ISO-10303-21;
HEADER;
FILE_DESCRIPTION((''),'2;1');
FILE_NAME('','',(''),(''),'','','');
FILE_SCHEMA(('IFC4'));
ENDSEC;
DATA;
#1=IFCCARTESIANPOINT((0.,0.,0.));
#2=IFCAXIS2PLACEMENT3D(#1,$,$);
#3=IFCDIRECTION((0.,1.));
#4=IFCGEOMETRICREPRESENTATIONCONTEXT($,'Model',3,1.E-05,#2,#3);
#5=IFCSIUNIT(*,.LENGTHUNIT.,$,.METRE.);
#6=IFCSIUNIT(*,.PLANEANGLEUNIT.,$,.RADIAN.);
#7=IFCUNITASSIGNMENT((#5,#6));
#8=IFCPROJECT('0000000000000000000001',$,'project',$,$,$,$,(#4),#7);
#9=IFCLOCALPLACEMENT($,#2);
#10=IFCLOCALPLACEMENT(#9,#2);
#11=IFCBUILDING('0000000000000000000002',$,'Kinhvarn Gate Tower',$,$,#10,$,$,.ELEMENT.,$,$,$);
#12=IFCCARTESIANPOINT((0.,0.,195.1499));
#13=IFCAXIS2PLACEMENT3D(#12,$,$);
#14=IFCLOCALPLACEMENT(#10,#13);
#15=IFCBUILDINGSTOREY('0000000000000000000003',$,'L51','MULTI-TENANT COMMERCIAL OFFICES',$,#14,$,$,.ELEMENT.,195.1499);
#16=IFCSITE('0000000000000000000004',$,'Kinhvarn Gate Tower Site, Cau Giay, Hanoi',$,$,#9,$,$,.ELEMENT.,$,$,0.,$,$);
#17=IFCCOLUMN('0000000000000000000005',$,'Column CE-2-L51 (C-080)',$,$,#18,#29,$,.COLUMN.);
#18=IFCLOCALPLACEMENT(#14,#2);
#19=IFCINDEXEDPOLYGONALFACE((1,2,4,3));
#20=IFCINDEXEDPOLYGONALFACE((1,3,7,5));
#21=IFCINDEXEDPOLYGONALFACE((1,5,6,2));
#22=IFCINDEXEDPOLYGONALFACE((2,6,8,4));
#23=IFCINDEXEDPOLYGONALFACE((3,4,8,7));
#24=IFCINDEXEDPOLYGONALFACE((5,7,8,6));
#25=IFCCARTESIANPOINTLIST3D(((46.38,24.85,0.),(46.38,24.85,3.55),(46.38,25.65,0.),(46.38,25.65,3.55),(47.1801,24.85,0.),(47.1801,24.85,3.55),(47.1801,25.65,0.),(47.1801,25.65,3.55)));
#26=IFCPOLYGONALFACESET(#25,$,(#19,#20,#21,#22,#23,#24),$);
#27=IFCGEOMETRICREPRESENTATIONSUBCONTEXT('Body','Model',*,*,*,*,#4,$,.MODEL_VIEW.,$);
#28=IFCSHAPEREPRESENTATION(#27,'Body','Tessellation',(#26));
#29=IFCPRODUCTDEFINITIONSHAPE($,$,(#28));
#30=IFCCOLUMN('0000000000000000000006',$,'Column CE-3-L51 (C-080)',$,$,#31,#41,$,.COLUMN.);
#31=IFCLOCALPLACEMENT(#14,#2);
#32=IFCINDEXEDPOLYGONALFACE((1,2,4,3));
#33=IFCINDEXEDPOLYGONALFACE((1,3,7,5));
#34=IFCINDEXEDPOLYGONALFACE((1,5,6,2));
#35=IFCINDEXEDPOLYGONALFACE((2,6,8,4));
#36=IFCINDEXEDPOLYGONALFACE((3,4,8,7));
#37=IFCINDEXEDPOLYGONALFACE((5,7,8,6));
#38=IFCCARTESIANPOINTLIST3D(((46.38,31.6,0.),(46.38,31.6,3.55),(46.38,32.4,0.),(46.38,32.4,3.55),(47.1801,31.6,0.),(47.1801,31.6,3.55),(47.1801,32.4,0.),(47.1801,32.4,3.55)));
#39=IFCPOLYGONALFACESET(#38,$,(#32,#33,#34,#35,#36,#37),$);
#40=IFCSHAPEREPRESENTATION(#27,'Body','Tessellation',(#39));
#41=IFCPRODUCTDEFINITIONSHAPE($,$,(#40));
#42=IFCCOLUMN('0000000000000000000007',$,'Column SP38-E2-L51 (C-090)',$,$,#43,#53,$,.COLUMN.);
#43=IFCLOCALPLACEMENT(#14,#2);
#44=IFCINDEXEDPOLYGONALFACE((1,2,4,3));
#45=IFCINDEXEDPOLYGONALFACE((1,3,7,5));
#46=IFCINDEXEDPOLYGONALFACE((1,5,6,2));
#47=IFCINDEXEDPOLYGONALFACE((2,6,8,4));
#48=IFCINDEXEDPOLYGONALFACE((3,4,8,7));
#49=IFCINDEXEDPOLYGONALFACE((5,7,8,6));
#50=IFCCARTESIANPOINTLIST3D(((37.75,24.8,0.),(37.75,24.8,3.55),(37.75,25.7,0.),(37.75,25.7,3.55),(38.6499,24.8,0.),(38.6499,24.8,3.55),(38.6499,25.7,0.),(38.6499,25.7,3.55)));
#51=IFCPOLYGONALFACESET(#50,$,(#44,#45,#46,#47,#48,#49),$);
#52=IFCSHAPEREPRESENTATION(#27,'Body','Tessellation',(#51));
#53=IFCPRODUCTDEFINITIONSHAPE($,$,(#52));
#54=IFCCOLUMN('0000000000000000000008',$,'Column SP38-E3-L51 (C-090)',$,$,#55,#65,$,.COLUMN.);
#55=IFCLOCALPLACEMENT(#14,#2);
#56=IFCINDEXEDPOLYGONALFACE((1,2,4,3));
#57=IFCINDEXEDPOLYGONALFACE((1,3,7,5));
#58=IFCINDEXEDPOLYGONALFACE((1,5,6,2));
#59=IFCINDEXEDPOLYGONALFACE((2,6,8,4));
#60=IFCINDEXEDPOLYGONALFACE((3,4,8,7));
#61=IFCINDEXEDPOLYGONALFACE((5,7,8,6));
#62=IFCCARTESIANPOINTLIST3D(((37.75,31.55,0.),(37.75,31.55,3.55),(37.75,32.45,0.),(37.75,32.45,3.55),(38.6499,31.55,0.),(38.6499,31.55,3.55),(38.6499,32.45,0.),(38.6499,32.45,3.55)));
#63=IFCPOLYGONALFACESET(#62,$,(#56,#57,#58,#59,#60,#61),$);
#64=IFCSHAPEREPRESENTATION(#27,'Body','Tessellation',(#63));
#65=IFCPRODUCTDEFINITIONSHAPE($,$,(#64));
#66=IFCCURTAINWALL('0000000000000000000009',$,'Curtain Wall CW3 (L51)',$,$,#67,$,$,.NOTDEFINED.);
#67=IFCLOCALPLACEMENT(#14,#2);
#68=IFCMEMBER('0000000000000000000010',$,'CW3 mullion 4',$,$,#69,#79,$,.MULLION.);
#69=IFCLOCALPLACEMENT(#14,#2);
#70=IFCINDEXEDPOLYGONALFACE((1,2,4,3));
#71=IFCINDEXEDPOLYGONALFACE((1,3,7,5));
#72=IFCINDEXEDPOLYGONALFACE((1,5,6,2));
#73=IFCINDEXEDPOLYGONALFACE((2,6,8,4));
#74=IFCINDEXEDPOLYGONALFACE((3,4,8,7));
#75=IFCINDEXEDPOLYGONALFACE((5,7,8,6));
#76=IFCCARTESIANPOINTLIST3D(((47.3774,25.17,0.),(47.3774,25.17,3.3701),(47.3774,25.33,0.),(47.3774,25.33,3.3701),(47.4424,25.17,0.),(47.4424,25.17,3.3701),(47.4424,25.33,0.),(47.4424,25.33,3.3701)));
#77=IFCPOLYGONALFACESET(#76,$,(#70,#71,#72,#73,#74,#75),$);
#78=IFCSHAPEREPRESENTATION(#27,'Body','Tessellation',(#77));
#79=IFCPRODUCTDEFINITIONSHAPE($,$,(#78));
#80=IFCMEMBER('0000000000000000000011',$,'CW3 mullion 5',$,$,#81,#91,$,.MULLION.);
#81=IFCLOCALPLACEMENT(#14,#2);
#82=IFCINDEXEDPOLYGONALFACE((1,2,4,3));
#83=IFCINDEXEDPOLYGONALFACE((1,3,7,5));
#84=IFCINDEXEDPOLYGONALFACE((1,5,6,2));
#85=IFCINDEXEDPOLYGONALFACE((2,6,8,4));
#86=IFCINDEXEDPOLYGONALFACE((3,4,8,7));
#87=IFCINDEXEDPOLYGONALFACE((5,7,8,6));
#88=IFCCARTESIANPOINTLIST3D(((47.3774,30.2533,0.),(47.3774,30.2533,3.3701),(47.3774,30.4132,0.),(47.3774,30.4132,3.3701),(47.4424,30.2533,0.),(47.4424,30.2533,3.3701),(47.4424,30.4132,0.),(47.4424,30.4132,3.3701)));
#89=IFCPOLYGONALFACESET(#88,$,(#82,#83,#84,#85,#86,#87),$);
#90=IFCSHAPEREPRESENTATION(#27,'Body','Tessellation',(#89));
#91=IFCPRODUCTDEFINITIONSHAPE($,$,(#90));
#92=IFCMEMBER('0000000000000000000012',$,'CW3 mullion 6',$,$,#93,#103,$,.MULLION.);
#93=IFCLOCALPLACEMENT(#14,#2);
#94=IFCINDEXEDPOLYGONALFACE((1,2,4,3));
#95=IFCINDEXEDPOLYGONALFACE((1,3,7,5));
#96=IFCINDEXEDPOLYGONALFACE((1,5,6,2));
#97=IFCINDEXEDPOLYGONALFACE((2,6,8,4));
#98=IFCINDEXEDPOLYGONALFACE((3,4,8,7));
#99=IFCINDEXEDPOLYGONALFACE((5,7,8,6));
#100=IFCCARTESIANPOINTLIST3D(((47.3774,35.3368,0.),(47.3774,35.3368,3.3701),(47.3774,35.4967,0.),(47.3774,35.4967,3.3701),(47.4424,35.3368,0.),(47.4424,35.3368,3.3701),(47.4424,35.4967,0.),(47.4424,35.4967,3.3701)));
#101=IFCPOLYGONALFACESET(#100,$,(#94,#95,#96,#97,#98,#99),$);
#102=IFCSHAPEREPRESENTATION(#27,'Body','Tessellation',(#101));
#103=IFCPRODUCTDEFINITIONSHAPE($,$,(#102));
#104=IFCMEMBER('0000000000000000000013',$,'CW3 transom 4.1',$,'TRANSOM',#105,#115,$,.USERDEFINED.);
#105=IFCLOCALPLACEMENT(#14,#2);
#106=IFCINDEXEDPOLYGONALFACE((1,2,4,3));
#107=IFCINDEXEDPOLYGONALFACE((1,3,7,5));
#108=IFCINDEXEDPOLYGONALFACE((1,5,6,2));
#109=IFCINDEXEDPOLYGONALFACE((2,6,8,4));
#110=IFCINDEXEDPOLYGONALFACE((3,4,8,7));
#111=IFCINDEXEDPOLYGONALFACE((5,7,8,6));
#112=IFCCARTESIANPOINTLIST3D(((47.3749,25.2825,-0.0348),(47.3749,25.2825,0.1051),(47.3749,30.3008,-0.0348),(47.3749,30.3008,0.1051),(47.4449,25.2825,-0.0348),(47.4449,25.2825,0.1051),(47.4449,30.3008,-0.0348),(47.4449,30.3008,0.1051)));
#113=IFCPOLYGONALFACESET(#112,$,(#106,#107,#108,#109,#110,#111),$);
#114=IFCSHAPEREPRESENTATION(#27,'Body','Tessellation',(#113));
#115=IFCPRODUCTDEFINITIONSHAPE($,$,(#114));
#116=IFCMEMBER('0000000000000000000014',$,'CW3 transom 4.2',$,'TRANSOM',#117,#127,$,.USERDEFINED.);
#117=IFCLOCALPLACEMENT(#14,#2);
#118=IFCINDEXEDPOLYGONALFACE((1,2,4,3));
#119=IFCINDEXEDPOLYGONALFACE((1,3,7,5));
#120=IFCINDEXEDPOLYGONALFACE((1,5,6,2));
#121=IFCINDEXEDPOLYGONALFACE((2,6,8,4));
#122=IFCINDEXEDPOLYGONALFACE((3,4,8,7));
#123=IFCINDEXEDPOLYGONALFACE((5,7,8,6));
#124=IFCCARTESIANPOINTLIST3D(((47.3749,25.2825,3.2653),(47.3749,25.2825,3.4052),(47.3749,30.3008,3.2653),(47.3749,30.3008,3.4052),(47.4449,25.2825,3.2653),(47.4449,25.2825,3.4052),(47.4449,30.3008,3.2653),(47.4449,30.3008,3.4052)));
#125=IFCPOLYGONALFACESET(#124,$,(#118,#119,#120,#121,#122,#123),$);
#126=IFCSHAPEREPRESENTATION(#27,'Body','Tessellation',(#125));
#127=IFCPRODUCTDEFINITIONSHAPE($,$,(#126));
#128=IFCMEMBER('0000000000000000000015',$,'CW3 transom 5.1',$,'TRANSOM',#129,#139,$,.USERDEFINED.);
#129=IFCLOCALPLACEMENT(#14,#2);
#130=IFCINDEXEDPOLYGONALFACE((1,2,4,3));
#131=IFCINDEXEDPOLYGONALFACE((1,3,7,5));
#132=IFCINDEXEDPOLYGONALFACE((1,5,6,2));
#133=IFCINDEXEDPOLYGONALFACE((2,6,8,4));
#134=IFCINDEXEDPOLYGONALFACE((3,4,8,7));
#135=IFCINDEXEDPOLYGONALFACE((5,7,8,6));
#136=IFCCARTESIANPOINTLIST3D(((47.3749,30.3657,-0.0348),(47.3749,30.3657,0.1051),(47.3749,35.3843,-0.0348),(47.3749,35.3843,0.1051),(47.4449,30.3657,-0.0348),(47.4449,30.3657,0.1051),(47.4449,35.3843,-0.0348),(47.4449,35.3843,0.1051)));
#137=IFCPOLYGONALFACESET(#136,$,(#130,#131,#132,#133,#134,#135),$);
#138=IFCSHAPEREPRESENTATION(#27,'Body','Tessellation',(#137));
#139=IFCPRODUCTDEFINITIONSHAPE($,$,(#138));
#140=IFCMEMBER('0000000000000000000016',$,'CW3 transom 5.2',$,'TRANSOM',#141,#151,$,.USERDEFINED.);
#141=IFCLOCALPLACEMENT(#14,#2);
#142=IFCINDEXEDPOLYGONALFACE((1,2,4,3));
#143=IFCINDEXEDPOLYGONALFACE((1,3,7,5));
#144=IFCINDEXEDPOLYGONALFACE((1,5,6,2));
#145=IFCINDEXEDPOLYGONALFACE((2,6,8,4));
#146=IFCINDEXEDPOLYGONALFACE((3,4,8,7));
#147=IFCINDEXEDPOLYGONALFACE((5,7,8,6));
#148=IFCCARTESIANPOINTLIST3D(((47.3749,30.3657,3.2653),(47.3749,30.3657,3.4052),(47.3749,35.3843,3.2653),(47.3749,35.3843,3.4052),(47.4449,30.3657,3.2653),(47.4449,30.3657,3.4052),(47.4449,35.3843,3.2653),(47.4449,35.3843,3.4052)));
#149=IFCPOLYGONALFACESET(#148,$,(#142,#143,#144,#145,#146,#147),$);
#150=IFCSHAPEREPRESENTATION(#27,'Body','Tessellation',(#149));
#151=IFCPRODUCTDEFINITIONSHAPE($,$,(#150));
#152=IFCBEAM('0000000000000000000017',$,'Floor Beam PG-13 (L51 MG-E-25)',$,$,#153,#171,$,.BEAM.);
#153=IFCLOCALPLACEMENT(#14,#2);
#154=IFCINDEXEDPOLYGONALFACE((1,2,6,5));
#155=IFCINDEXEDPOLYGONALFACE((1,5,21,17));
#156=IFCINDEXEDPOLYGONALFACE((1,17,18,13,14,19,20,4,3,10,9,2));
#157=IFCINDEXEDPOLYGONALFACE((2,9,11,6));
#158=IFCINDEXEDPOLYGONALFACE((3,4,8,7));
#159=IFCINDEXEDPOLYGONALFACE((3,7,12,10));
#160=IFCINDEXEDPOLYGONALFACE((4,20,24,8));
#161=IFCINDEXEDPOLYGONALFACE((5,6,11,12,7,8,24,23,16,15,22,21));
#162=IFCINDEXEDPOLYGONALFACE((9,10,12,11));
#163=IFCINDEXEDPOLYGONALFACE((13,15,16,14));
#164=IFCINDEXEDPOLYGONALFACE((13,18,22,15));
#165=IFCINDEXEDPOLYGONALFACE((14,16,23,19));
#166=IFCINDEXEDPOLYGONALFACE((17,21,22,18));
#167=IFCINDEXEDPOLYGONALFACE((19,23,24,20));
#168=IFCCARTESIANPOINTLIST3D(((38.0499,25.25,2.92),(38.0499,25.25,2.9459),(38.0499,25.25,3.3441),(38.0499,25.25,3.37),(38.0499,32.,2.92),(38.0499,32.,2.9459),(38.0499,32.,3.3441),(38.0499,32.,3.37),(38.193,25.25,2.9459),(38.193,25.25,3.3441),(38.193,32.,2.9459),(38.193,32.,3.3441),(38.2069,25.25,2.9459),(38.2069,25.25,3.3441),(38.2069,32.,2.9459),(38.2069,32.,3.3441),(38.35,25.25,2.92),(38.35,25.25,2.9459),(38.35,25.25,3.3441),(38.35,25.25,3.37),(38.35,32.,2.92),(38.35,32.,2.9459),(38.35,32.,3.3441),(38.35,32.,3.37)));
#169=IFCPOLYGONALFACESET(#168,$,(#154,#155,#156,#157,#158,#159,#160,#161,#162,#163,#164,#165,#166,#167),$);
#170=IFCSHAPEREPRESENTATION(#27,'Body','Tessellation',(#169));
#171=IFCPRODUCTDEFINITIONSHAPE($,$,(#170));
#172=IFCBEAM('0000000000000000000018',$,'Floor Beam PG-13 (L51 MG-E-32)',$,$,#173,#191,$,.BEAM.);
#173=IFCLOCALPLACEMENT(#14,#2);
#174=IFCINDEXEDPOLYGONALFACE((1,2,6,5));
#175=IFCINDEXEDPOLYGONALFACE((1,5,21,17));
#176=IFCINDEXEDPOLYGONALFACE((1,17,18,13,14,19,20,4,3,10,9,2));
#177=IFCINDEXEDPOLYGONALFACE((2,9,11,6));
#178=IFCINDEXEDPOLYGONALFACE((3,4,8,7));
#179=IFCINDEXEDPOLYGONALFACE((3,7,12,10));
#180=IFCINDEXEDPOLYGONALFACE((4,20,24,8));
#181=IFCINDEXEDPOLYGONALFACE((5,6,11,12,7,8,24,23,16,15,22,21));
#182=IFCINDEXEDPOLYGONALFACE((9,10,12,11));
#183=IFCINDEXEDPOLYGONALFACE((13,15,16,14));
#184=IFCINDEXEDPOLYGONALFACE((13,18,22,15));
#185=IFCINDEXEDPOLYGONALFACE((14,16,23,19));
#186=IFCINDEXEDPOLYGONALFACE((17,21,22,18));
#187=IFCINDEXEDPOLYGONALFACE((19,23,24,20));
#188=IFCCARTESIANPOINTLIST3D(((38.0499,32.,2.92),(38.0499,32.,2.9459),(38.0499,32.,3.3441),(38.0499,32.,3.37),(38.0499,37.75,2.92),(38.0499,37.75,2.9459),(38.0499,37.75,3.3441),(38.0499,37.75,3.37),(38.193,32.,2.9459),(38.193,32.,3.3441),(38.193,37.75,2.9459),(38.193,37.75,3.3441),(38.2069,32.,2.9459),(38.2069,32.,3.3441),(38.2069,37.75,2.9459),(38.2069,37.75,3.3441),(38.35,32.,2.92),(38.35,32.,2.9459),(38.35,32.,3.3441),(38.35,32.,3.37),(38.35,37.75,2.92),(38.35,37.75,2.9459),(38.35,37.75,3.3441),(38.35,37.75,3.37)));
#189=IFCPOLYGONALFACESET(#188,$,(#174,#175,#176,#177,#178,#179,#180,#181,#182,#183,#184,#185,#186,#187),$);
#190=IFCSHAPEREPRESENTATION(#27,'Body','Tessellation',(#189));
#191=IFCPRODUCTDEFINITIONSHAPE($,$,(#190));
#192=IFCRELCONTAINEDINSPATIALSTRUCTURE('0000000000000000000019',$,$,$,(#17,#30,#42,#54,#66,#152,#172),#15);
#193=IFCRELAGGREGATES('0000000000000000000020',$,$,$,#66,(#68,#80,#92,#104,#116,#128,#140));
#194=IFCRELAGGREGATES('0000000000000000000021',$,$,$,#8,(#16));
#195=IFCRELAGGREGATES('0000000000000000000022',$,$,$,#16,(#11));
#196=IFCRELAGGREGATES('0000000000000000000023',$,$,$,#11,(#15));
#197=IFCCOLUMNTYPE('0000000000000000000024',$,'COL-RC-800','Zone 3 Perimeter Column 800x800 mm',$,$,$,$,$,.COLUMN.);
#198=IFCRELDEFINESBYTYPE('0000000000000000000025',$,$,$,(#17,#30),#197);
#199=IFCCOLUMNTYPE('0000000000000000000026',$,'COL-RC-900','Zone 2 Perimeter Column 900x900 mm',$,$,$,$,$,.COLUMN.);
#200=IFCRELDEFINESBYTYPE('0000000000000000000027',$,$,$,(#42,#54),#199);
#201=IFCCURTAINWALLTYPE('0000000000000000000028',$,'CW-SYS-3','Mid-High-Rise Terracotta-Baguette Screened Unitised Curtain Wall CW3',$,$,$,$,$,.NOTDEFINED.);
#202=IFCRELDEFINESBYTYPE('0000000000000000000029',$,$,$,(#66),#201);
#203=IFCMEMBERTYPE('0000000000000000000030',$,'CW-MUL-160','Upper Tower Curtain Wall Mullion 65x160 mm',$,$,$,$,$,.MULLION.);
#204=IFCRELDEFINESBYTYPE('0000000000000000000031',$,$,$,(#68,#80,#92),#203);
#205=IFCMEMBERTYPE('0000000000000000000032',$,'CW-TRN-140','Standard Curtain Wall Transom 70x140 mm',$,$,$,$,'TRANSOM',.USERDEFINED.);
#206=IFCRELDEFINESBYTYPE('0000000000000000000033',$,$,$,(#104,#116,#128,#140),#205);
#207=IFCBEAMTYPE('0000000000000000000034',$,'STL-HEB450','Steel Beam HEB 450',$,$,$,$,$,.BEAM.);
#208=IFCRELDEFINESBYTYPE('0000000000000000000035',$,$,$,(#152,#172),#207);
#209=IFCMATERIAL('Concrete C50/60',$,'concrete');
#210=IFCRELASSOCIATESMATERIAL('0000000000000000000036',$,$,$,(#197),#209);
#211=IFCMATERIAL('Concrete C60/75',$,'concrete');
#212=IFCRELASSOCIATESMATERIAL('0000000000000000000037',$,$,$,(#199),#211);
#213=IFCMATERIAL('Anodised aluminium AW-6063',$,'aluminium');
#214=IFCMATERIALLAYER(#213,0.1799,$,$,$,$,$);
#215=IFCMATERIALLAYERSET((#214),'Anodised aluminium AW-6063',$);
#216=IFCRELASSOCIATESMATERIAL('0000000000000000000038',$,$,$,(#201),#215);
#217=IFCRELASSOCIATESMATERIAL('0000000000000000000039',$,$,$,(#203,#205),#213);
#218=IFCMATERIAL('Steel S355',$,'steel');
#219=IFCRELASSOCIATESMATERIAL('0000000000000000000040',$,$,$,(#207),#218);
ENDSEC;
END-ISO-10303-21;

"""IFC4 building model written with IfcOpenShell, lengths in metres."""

from ifc_helpers import new_model, si_unit, direction, frame, origin, origin_2d, place, context, subcontext, project, spatial, rectangle, i_section, extrude, material, layer, layer_set, material_profile, profile_set, type_object, element, aggregate, save


model = new_model("IFC4")

# Units and contexts
model_context = context("Model", 3, precision=1e-05, world=origin(), true_north=direction((0.0, 1.0)))
body_context = subcontext(model_context, "Body", "Model", "MODEL_VIEW")
ifc_project = project(units=[si_unit("LENGTHUNIT", "METRE"), si_unit("PLANEANGLEUNIT", "RADIAN")], contexts=[model_context])

# Site, building, storey
site_placement = place(None, origin())
site = spatial("IfcSite", under=ifc_project, at=site_placement, Name="Kinhvarn Gate Tower Site, Cau Giay, Hanoi", CompositionType="ELEMENT", RefElevation=0.0)
building_placement = place(site_placement, origin())
building = spatial("IfcBuilding", under=site, at=building_placement, Name="Kinhvarn Gate Tower", CompositionType="ELEMENT")
storey_placement = place(building_placement, frame((0.0, 0.0, 195.1499)))
storey = spatial("IfcBuildingStorey", under=building, at=storey_placement, Name="L51", Description="MULTI-TENANT COMMERCIAL OFFICES", CompositionType="ELEMENT", Elevation=195.1499)

# Columns
ifc_material_1 = material(Name="Concrete C50/60", Category="concrete")
ifc_material_profile_1 = material_profile(ifc_material_1, rectangle(XDim=0.8, YDim=0.8, at=origin_2d()), Name="RC 800x800")
ifc_profile_set_1 = profile_set([ifc_material_profile_1], Name="Concrete C50/60")
column_type_1 = type_object("IfcColumnType", Name="COL-RC-800", Description="Zone 3 Perimeter Column 800x800 mm", PredefinedType="COLUMN", material=ifc_profile_set_1)
for number, where, z_axis, x_axis, name in (
    (1, (46.78, 25.25, 0.0), (0.0, 0.0, 1.0), (1.0, 0.0, 0.0), "Column CE-2-L51 (C-080)"),
    (2, (46.78, 32.0, 0.0), (0.0, 0.0, 1.0), (1.0, 0.0, 0.0), "Column CE-3-L51 (C-080)"),
):
    element("IfcColumn", number, at=place(storey_placement, frame(where, z_axis=z_axis, x_axis=x_axis)), inside=storey, type_object=column_type_1, Name=name, PredefinedType="COLUMN", context=body_context, shape_type="SweptSolid", body=[
        extrude(rectangle(XDim=0.8, YDim=0.8, at=origin_2d()), origin(), (0.0, 0.0, 1.0), 3.55),
    ])
ifc_material_2 = material(Name="Concrete C60/75", Category="concrete")
ifc_material_profile_2 = material_profile(ifc_material_2, rectangle(XDim=0.8999, YDim=0.8999, at=origin_2d()), Name="RC 900x900")
ifc_profile_set_2 = profile_set([ifc_material_profile_2], Name="Concrete C60/75")
column_type_2 = type_object("IfcColumnType", Name="COL-RC-900", Description="Zone 2 Perimeter Column 900x900 mm", PredefinedType="COLUMN", material=ifc_profile_set_2)
for number, where, z_axis, x_axis, name in (
    (3, (38.2, 25.25, 0.0), (0.0, 0.0, 1.0), (1.0, 0.0, 0.0), "Column SP38-E2-L51 (C-090)"),
    (4, (38.2, 32.0, 0.0), (0.0, 0.0, 1.0), (1.0, 0.0, 0.0), "Column SP38-E3-L51 (C-090)"),
):
    element("IfcColumn", number, at=place(storey_placement, frame(where, z_axis=z_axis, x_axis=x_axis)), inside=storey, type_object=column_type_2, Name=name, PredefinedType="COLUMN", context=body_context, shape_type="SweptSolid", body=[
        extrude(rectangle(XDim=0.8999, YDim=0.8999, at=origin_2d()), origin(), (0.0, 0.0, 1.0), 3.55),
    ])

# Curtain wall, members
ifc_material_3 = material(Name="Anodised aluminium AW-6063", Category="aluminium")
ifc_layer_1 = layer(ifc_material_3, 0.1799)
ifc_layer_set_1 = layer_set([ifc_layer_1], Name="Anodised aluminium AW-6063")
curtain_wall_type = type_object("IfcCurtainWallType", Name="CW-SYS-3", Description="Mid-High-Rise Terracotta-Baguette Screened Unitised Curtain Wall CW3", PredefinedType="NOTDEFINED", material=ifc_layer_set_1)
curtain_wall_placement = place(storey_placement, origin())
curtain_wall = element("IfcCurtainWall", 5, at=curtain_wall_placement, inside=storey, type_object=curtain_wall_type, Name="Curtain Wall CW3 (L51)", PredefinedType="NOTDEFINED")
ifc_material_profile_3 = material_profile(ifc_material_3, rectangle(XDim=0.0649, YDim=0.1599, at=origin_2d()), Name="ALU 65x160")
ifc_profile_set_3 = profile_set([ifc_material_profile_3], Name="Anodised aluminium AW-6063")
member_type_1 = type_object("IfcMemberType", Name="CW-MUL-160", Description="Upper Tower Curtain Wall Mullion 65x160 mm", PredefinedType="MULLION", material=ifc_profile_set_3)
member_1_placement = place(storey_placement, frame((47.4099, 25.25, 0.0), z_axis=(0.0, 0.0, 1.0), x_axis=(-1.0, 0.0, 0.0)))
member_1 = element("IfcMember", 6, at=member_1_placement, type_object=member_type_1, Name="CW3 mullion 4", PredefinedType="MULLION", context=body_context, shape_type="SweptSolid", body=[
    extrude(rectangle(XDim=0.0649, YDim=0.1599, at=origin_2d()), origin(), (0.0, 0.0, 1.0), 3.3701),
])
member_2_placement = place(storey_placement, frame((47.4099, 30.3333, 0.0), z_axis=(0.0, 0.0, 1.0), x_axis=(-1.0, 0.0, 0.0)))
member_2 = element("IfcMember", 7, at=member_2_placement, type_object=member_type_1, Name="CW3 mullion 5", PredefinedType="MULLION", context=body_context, shape_type="SweptSolid", body=[
    extrude(rectangle(XDim=0.0649, YDim=0.1599, at=origin_2d()), origin(), (0.0, 0.0, 1.0), 3.3701),
])
member_3_placement = place(storey_placement, frame((47.4099, 35.4167, 0.0), z_axis=(0.0, 0.0, 1.0), x_axis=(-1.0, 0.0, 0.0)))
member_3 = element("IfcMember", 8, at=member_3_placement, type_object=member_type_1, Name="CW3 mullion 6", PredefinedType="MULLION", context=body_context, shape_type="SweptSolid", body=[
    extrude(rectangle(XDim=0.0649, YDim=0.1599, at=origin_2d()), origin(), (0.0, 0.0, 1.0), 3.3701),
])
ifc_material_profile_4 = material_profile(ifc_material_3, rectangle(XDim=0.0701, YDim=0.1399, at=origin_2d()), Name="ALU 70x140")
ifc_profile_set_4 = profile_set([ifc_material_profile_4], Name="Anodised aluminium AW-6063")
member_type_2 = type_object("IfcMemberType", Name="CW-TRN-140", Description="Standard Curtain Wall Transom 70x140 mm", ElementType="TRANSOM", PredefinedType="USERDEFINED", material=ifc_profile_set_4)
member_4_placement = place(storey_placement, frame((47.4099, 25.2825, 0.0352), z_axis=(0.0, 1.0, 0.0), x_axis=(-1.0, 0.0, 0.0)))
member_4 = element("IfcMember", 9, at=member_4_placement, type_object=member_type_2, Name="CW3 transom 4.1", ObjectType="TRANSOM", PredefinedType="USERDEFINED", context=body_context, shape_type="SweptSolid", body=[
    extrude(rectangle(XDim=0.0701, YDim=0.1399, at=origin_2d()), origin(), (0.0, 0.0, 1.0), 5.0183),
])
member_5_placement = place(storey_placement, frame((47.4099, 25.2825, 3.3352), z_axis=(0.0, 1.0, 0.0), x_axis=(-1.0, 0.0, 0.0)))
member_5 = element("IfcMember", 10, at=member_5_placement, type_object=member_type_2, Name="CW3 transom 4.2", ObjectType="TRANSOM", PredefinedType="USERDEFINED", context=body_context, shape_type="SweptSolid", body=[
    extrude(rectangle(XDim=0.0701, YDim=0.1399, at=origin_2d()), origin(), (0.0, 0.0, 1.0), 5.0183),
])
member_6_placement = place(storey_placement, frame((47.4099, 30.3657, 0.0352), z_axis=(0.0, 1.0, 0.0), x_axis=(-1.0, 0.0, 0.0)))
member_6 = element("IfcMember", 11, at=member_6_placement, type_object=member_type_2, Name="CW3 transom 5.1", ObjectType="TRANSOM", PredefinedType="USERDEFINED", context=body_context, shape_type="SweptSolid", body=[
    extrude(rectangle(XDim=0.0701, YDim=0.1399, at=origin_2d()), origin(), (0.0, 0.0, 1.0), 5.0186),
])
member_7_placement = place(storey_placement, frame((47.4099, 30.3657, 3.3352), z_axis=(0.0, 1.0, 0.0), x_axis=(-1.0, 0.0, 0.0)))
member_7 = element("IfcMember", 12, at=member_7_placement, type_object=member_type_2, Name="CW3 transom 5.2", ObjectType="TRANSOM", PredefinedType="USERDEFINED", context=body_context, shape_type="SweptSolid", body=[
    extrude(rectangle(XDim=0.0701, YDim=0.1399, at=origin_2d()), origin(), (0.0, 0.0, 1.0), 5.0186),
])

# Beams
ifc_material_4 = material(Name="Steel S355", Category="steel")
ifc_material_profile_5 = material_profile(ifc_material_4, i_section(OverallWidth=0.3, OverallDepth=0.45, WebThickness=0.0139, FlangeThickness=0.0259, at=origin_2d()), Name="HEB 450")
ifc_profile_set_5 = profile_set([ifc_material_profile_5], Name="Steel S355")
beam_type_1 = type_object("IfcBeamType", Name="STL-HEB450", Description="Steel Beam HEB 450", PredefinedType="BEAM", material=ifc_profile_set_5)
beam_1_placement = place(storey_placement, frame((38.2, 25.25, 3.145), z_axis=(0.0, 1.0, 0.0), x_axis=(-1.0, 0.0, 0.0)))
element("IfcBeam", 13, at=beam_1_placement, inside=storey, type_object=beam_type_1, Name="Floor Beam PG-13 (L51 MG-E-25)", PredefinedType="BEAM", context=body_context, shape_type="SweptSolid", body=[
    extrude(i_section(OverallWidth=0.3, OverallDepth=0.45, WebThickness=0.0139, FlangeThickness=0.0259, at=origin_2d()), origin(), (0.0, 0.0, 1.0), 6.75),
])
beam_2_placement = place(storey_placement, frame((38.2, 32.0, 3.145), z_axis=(0.0, 1.0, 0.0), x_axis=(-1.0, 0.0, 0.0)))
element("IfcBeam", 14, at=beam_2_placement, inside=storey, type_object=beam_type_1, Name="Floor Beam PG-13 (L51 MG-E-32)", PredefinedType="BEAM", context=body_context, shape_type="SweptSolid", body=[
    extrude(i_section(OverallWidth=0.3, OverallDepth=0.45, WebThickness=0.0139, FlangeThickness=0.0259, at=origin_2d()), origin(), (0.0, 0.0, 1.0), 5.75),
])

aggregate(curtain_wall, [member_1, member_2, member_3, member_4, member_5, member_6, member_7])

save(model, "model.ifc")
